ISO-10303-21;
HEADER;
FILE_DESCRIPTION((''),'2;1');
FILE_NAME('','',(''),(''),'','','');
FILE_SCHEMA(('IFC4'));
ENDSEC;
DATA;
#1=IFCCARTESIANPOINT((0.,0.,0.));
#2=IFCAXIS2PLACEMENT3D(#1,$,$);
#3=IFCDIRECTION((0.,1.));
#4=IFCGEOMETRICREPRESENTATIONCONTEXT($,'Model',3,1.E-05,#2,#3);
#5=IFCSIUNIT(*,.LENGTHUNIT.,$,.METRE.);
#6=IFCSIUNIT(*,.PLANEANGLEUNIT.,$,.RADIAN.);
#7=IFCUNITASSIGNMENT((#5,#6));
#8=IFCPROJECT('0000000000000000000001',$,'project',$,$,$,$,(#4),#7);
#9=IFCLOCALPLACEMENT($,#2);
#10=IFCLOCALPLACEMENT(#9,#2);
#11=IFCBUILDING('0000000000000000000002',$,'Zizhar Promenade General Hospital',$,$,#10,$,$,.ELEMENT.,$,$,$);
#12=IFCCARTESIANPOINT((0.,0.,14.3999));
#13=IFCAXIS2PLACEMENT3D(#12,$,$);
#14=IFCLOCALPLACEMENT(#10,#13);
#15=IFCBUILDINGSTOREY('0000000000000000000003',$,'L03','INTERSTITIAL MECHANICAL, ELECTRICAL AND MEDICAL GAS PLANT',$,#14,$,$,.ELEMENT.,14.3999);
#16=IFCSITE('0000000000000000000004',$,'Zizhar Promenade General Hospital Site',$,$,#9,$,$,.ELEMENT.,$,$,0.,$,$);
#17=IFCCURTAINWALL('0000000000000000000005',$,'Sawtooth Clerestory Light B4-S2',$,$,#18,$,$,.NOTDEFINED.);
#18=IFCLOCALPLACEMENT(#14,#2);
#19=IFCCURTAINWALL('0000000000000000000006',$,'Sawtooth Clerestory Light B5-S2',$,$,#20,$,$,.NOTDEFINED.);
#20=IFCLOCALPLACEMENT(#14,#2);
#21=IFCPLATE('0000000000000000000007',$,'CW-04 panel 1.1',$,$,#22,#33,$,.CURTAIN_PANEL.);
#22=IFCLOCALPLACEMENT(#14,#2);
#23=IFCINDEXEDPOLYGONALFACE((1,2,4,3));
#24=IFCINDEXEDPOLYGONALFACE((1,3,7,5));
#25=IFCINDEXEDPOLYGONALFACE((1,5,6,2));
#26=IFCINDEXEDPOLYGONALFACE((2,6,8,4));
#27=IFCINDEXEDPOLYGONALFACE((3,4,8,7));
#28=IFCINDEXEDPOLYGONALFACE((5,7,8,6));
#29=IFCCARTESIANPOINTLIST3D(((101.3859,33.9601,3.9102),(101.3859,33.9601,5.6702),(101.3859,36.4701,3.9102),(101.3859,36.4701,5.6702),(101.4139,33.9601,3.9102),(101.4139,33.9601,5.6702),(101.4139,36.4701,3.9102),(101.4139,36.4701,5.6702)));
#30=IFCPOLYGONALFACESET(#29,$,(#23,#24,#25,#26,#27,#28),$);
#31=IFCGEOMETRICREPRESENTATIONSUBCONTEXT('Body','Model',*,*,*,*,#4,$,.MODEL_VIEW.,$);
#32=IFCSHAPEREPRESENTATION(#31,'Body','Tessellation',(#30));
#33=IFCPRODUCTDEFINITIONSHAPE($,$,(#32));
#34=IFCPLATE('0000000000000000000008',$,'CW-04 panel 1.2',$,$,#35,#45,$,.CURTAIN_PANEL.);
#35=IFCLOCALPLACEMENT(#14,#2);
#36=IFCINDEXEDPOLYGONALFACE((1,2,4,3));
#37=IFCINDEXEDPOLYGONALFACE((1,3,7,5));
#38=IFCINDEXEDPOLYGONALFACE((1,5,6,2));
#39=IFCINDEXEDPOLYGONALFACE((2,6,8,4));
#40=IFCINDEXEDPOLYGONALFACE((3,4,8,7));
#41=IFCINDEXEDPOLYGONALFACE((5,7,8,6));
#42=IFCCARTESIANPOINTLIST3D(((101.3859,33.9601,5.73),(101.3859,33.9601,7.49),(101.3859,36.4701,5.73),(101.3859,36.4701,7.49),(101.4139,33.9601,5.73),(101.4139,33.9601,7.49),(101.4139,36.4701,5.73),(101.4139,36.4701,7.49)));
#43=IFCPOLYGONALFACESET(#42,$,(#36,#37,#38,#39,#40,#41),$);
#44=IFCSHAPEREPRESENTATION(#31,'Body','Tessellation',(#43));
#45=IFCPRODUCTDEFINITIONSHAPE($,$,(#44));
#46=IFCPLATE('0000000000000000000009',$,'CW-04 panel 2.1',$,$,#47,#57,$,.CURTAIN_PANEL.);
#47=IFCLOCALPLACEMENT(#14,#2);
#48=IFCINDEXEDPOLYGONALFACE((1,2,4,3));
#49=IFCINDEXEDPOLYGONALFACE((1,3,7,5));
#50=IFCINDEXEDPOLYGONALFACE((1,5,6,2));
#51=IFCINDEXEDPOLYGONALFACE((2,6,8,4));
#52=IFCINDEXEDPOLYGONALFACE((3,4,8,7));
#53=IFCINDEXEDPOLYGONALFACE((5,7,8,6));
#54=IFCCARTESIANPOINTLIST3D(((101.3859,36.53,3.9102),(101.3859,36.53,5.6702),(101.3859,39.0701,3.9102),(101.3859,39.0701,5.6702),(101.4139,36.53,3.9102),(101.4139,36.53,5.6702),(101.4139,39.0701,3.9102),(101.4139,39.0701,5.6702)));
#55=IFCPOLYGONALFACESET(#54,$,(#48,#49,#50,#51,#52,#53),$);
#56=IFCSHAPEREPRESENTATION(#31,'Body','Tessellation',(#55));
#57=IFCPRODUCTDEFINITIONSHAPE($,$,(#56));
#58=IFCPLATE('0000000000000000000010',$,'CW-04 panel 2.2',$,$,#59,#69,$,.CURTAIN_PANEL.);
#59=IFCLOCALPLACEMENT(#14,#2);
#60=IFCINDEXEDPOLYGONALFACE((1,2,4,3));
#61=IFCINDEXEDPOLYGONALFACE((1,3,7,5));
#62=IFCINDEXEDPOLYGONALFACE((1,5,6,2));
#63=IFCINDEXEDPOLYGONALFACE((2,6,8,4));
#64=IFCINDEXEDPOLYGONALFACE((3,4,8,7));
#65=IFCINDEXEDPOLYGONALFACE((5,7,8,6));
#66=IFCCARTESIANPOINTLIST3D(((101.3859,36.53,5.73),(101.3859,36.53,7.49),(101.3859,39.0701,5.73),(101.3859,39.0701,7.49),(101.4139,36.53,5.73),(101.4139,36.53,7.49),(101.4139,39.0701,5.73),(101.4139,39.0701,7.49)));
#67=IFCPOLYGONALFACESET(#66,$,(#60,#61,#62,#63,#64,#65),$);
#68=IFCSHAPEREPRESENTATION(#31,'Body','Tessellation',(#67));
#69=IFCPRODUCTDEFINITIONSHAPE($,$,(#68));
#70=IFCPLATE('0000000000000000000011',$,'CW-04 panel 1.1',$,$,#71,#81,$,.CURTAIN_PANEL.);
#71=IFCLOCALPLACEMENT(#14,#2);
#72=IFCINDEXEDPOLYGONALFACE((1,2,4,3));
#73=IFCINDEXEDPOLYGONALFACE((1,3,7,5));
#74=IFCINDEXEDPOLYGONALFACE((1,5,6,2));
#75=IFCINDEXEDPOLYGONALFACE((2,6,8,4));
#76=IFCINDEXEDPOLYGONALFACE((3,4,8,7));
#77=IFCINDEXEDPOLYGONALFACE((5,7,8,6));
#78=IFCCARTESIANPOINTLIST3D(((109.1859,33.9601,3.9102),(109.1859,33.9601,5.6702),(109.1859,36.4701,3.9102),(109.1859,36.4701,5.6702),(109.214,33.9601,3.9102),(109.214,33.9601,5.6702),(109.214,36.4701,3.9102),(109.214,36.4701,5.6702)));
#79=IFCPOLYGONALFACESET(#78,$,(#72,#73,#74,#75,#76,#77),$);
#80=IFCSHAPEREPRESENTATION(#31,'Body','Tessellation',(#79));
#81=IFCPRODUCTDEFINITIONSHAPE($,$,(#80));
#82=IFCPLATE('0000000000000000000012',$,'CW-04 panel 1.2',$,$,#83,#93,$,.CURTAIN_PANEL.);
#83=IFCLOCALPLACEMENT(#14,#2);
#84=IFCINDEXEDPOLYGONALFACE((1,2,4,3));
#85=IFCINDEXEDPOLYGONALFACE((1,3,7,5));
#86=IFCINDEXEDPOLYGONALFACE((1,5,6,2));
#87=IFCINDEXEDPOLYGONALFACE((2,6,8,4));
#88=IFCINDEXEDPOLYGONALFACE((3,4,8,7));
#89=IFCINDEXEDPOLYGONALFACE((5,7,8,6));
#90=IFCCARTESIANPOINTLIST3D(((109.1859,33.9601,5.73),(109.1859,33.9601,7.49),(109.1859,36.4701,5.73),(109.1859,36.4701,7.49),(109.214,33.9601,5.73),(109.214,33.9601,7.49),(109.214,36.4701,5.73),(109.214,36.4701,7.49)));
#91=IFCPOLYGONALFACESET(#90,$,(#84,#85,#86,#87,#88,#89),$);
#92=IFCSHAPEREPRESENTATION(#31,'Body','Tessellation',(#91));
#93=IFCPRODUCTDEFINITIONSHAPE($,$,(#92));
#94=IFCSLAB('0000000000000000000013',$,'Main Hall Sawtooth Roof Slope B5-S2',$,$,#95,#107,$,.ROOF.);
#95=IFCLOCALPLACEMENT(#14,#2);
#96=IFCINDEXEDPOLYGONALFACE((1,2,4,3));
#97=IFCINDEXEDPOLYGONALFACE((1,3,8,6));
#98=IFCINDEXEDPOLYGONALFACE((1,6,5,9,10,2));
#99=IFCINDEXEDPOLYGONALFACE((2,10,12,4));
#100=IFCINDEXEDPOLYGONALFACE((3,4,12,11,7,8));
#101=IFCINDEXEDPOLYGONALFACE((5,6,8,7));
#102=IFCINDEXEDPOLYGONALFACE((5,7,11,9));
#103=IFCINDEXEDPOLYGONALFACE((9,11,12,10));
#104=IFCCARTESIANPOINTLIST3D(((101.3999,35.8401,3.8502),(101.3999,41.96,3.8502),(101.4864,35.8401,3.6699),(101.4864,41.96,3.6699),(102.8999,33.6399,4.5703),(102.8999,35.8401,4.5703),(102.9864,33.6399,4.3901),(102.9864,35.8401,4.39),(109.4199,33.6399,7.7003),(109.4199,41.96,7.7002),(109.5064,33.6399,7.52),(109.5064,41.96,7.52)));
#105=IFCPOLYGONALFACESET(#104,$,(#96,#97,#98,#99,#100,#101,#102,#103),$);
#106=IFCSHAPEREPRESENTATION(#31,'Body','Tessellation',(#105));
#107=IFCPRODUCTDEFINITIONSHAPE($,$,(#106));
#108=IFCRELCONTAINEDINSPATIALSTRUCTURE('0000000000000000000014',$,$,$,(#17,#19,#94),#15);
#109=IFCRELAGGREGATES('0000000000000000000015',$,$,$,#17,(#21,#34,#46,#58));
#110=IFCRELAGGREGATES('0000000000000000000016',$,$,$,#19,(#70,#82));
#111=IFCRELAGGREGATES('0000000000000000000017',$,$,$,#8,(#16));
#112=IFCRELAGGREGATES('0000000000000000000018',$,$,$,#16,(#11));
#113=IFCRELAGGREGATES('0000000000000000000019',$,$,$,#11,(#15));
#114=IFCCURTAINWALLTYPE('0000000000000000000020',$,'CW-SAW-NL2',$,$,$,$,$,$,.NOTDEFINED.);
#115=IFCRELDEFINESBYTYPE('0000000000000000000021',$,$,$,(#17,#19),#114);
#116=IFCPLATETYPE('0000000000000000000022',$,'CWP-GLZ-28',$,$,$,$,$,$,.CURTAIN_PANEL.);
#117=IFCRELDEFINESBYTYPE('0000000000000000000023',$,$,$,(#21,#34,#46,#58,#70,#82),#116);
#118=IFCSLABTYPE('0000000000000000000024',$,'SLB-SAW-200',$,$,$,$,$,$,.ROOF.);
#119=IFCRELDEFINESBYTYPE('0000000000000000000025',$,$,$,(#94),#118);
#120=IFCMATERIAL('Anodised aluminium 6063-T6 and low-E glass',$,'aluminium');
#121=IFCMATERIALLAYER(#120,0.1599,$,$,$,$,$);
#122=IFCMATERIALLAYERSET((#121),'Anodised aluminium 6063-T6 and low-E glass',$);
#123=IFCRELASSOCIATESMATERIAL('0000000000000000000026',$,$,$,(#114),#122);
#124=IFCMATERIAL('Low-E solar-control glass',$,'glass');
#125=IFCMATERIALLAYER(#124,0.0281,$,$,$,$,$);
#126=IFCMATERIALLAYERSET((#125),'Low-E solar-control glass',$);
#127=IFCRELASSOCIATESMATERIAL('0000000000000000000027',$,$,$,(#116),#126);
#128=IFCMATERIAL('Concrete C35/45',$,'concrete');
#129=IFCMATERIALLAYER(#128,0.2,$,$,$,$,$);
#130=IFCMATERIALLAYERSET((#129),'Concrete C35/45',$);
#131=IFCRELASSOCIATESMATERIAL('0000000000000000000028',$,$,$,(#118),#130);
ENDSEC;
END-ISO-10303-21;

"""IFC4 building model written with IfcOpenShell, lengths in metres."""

from ifc_helpers import new_model, si_unit, direction, frame, origin, origin_2d, place, context, subcontext, project, spatial, polyline, rectangle, outline, extrude, material, layer, layer_set, type_object, element, aggregate, save


model = new_model("IFC4")

# Units and contexts
model_context = context("Model", 3, precision=1e-05, world=origin(), true_north=direction((0.0, 1.0)))
body_context = subcontext(model_context, "Body", "Model", "MODEL_VIEW")
ifc_project = project(units=[si_unit("LENGTHUNIT", "METRE"), si_unit("PLANEANGLEUNIT", "RADIAN")], contexts=[model_context])

# Site, building, storey
site_placement = place(None, origin())
site = spatial("IfcSite", under=ifc_project, at=site_placement, Name="Zizhar Promenade General Hospital Site", CompositionType="ELEMENT", RefElevation=0.0)
building_placement = place(site_placement, origin())
building = spatial("IfcBuilding", under=site, at=building_placement, Name="Zizhar Promenade General Hospital", CompositionType="ELEMENT")
storey_placement = place(building_placement, frame((0.0, 0.0, 14.3999)))
storey = spatial("IfcBuildingStorey", under=building, at=storey_placement, Name="L03", Description="INTERSTITIAL MECHANICAL, ELECTRICAL AND MEDICAL GAS PLANT", CompositionType="ELEMENT", Elevation=14.3999)

# Curtain wall
ifc_material_1 = material(Name="Anodised aluminium 6063-T6 and low-E glass", Category="aluminium")
ifc_layer_1 = layer(ifc_material_1, 0.1599)
ifc_layer_set_1 = layer_set([ifc_layer_1], Name="Anodised aluminium 6063-T6 and low-E glass")
curtain_wall_type = type_object("IfcCurtainWallType", Name="CW-SAW-NL2", PredefinedType="NOTDEFINED", material=ifc_layer_set_1)
curtain_wall_1_placement = place(storey_placement, origin())
curtain_wall_1 = element("IfcCurtainWall", 1, at=curtain_wall_1_placement, inside=storey, type_object=curtain_wall_type, Name="Sawtooth Clerestory Light B4-S2", PredefinedType="NOTDEFINED")

# Curtain wall
curtain_wall_2_placement = place(storey_placement, origin())
curtain_wall_2 = element("IfcCurtainWall", 2, at=curtain_wall_2_placement, inside=storey, type_object=curtain_wall_type, Name="Sawtooth Clerestory Light B5-S2", PredefinedType="NOTDEFINED")

# Plates
ifc_material_2 = material(Name="Low-E solar-control glass", Category="glass")
ifc_layer_2 = layer(ifc_material_2, 0.0281)
ifc_layer_set_2 = layer_set([ifc_layer_2], Name="Low-E solar-control glass")
plate_type = type_object("IfcPlateType", Name="CWP-GLZ-28", PredefinedType="CURTAIN_PANEL", material=ifc_layer_set_2)
plate_1_placement = place(storey_placement, frame((101.3999, 35.2151, 3.9102), z_axis=(0.0, 0.0, 1.0), x_axis=(0.0, 1.0, 0.0)))
plate_1 = element("IfcPlate", 3, at=plate_1_placement, type_object=plate_type, Name="CW-04 panel 1.1", PredefinedType="CURTAIN_PANEL", context=body_context, shape_type="SweptSolid", body=[
    extrude(rectangle(XDim=2.51, YDim=0.0281, at=origin_2d()), origin(), (0.0, 0.0, 1.0), 1.76),
])
plate_2_placement = place(storey_placement, frame((101.3999, 35.2151, 5.73), z_axis=(0.0, 0.0, 1.0), x_axis=(0.0, 1.0, 0.0)))
plate_2 = element("IfcPlate", 4, at=plate_2_placement, type_object=plate_type, Name="CW-04 panel 1.2", PredefinedType="CURTAIN_PANEL", context=body_context, shape_type="SweptSolid", body=[
    extrude(rectangle(XDim=2.51, YDim=0.0281, at=origin_2d()), origin(), (0.0, 0.0, 1.0), 1.76),
])
plate_3_placement = place(storey_placement, frame((101.3999, 37.8, 3.9102), z_axis=(0.0, 0.0, 1.0), x_axis=(0.0, 1.0, 0.0)))
plate_3 = element("IfcPlate", 5, at=plate_3_placement, type_object=plate_type, Name="CW-04 panel 2.1", PredefinedType="CURTAIN_PANEL", context=body_context, shape_type="SweptSolid", body=[
    extrude(rectangle(XDim=2.54, YDim=0.0281, at=origin_2d()), origin(), (0.0, 0.0, 1.0), 1.76),
])
plate_4_placement = place(storey_placement, frame((101.3999, 37.8, 5.73), z_axis=(0.0, 0.0, 1.0), x_axis=(0.0, 1.0, 0.0)))
plate_4 = element("IfcPlate", 6, at=plate_4_placement, type_object=plate_type, Name="CW-04 panel 2.2", PredefinedType="CURTAIN_PANEL", context=body_context, shape_type="SweptSolid", body=[
    extrude(rectangle(XDim=2.54, YDim=0.0281, at=origin_2d()), origin(), (0.0, 0.0, 1.0), 1.76),
])
aggregate(curtain_wall_1, [plate_1, plate_2, plate_3, plate_4])
plate_5_placement = place(storey_placement, frame((109.2, 35.2151, 3.9102), z_axis=(0.0, 0.0, 1.0), x_axis=(0.0, 1.0, 0.0)))
plate_5 = element("IfcPlate", 7, at=plate_5_placement, type_object=plate_type, Name="CW-04 panel 1.1", PredefinedType="CURTAIN_PANEL", context=body_context, shape_type="SweptSolid", body=[
    extrude(rectangle(XDim=2.51, YDim=0.0281, at=origin_2d()), origin(), (0.0, 0.0, 1.0), 1.76),
])
plate_6_placement = place(storey_placement, frame((109.2, 35.2151, 5.73), z_axis=(0.0, 0.0, 1.0), x_axis=(0.0, 1.0, 0.0)))
plate_6 = element("IfcPlate", 8, at=plate_6_placement, type_object=plate_type, Name="CW-04 panel 1.2", PredefinedType="CURTAIN_PANEL", context=body_context, shape_type="SweptSolid", body=[
    extrude(rectangle(XDim=2.51, YDim=0.0281, at=origin_2d()), origin(), (0.0, 0.0, 1.0), 1.76),
])
aggregate(curtain_wall_2, [plate_5, plate_6])

# Slab
ifc_material_3 = material(Name="Concrete C35/45", Category="concrete")
ifc_layer_3 = layer(ifc_material_3, 0.2)
ifc_layer_set_3 = layer_set([ifc_layer_3], Name="Concrete C35/45")
slab_type = type_object("IfcSlabType", Name="SLB-SAW-200", PredefinedType="ROOF", material=ifc_layer_set_3)
slab_placement = place(storey_placement, frame((102.8999, 33.6399, 4.5703), z_axis=(-0.432773, 0.000007, 0.901503), x_axis=(0.901503, 0.0, 0.432773)))
element("IfcSlab", 9, at=slab_placement, inside=storey, type_object=slab_type, Name="Main Hall Sawtooth Roof Slope B5-S2", PredefinedType="ROOF", context=body_context, shape_type="SweptSolid", body=[
    extrude(outline(polyline([(0.0, 0.0), (7.2323, 0.0), (7.2323, 8.3201), (-1.6639, 8.3201), (-1.6639, 2.2002), (0.0, 2.2002), (0.0, 0.0)])), origin(), (0.0, 0.0, -1.0), 0.2),
])

save(model, "model.ifc")
